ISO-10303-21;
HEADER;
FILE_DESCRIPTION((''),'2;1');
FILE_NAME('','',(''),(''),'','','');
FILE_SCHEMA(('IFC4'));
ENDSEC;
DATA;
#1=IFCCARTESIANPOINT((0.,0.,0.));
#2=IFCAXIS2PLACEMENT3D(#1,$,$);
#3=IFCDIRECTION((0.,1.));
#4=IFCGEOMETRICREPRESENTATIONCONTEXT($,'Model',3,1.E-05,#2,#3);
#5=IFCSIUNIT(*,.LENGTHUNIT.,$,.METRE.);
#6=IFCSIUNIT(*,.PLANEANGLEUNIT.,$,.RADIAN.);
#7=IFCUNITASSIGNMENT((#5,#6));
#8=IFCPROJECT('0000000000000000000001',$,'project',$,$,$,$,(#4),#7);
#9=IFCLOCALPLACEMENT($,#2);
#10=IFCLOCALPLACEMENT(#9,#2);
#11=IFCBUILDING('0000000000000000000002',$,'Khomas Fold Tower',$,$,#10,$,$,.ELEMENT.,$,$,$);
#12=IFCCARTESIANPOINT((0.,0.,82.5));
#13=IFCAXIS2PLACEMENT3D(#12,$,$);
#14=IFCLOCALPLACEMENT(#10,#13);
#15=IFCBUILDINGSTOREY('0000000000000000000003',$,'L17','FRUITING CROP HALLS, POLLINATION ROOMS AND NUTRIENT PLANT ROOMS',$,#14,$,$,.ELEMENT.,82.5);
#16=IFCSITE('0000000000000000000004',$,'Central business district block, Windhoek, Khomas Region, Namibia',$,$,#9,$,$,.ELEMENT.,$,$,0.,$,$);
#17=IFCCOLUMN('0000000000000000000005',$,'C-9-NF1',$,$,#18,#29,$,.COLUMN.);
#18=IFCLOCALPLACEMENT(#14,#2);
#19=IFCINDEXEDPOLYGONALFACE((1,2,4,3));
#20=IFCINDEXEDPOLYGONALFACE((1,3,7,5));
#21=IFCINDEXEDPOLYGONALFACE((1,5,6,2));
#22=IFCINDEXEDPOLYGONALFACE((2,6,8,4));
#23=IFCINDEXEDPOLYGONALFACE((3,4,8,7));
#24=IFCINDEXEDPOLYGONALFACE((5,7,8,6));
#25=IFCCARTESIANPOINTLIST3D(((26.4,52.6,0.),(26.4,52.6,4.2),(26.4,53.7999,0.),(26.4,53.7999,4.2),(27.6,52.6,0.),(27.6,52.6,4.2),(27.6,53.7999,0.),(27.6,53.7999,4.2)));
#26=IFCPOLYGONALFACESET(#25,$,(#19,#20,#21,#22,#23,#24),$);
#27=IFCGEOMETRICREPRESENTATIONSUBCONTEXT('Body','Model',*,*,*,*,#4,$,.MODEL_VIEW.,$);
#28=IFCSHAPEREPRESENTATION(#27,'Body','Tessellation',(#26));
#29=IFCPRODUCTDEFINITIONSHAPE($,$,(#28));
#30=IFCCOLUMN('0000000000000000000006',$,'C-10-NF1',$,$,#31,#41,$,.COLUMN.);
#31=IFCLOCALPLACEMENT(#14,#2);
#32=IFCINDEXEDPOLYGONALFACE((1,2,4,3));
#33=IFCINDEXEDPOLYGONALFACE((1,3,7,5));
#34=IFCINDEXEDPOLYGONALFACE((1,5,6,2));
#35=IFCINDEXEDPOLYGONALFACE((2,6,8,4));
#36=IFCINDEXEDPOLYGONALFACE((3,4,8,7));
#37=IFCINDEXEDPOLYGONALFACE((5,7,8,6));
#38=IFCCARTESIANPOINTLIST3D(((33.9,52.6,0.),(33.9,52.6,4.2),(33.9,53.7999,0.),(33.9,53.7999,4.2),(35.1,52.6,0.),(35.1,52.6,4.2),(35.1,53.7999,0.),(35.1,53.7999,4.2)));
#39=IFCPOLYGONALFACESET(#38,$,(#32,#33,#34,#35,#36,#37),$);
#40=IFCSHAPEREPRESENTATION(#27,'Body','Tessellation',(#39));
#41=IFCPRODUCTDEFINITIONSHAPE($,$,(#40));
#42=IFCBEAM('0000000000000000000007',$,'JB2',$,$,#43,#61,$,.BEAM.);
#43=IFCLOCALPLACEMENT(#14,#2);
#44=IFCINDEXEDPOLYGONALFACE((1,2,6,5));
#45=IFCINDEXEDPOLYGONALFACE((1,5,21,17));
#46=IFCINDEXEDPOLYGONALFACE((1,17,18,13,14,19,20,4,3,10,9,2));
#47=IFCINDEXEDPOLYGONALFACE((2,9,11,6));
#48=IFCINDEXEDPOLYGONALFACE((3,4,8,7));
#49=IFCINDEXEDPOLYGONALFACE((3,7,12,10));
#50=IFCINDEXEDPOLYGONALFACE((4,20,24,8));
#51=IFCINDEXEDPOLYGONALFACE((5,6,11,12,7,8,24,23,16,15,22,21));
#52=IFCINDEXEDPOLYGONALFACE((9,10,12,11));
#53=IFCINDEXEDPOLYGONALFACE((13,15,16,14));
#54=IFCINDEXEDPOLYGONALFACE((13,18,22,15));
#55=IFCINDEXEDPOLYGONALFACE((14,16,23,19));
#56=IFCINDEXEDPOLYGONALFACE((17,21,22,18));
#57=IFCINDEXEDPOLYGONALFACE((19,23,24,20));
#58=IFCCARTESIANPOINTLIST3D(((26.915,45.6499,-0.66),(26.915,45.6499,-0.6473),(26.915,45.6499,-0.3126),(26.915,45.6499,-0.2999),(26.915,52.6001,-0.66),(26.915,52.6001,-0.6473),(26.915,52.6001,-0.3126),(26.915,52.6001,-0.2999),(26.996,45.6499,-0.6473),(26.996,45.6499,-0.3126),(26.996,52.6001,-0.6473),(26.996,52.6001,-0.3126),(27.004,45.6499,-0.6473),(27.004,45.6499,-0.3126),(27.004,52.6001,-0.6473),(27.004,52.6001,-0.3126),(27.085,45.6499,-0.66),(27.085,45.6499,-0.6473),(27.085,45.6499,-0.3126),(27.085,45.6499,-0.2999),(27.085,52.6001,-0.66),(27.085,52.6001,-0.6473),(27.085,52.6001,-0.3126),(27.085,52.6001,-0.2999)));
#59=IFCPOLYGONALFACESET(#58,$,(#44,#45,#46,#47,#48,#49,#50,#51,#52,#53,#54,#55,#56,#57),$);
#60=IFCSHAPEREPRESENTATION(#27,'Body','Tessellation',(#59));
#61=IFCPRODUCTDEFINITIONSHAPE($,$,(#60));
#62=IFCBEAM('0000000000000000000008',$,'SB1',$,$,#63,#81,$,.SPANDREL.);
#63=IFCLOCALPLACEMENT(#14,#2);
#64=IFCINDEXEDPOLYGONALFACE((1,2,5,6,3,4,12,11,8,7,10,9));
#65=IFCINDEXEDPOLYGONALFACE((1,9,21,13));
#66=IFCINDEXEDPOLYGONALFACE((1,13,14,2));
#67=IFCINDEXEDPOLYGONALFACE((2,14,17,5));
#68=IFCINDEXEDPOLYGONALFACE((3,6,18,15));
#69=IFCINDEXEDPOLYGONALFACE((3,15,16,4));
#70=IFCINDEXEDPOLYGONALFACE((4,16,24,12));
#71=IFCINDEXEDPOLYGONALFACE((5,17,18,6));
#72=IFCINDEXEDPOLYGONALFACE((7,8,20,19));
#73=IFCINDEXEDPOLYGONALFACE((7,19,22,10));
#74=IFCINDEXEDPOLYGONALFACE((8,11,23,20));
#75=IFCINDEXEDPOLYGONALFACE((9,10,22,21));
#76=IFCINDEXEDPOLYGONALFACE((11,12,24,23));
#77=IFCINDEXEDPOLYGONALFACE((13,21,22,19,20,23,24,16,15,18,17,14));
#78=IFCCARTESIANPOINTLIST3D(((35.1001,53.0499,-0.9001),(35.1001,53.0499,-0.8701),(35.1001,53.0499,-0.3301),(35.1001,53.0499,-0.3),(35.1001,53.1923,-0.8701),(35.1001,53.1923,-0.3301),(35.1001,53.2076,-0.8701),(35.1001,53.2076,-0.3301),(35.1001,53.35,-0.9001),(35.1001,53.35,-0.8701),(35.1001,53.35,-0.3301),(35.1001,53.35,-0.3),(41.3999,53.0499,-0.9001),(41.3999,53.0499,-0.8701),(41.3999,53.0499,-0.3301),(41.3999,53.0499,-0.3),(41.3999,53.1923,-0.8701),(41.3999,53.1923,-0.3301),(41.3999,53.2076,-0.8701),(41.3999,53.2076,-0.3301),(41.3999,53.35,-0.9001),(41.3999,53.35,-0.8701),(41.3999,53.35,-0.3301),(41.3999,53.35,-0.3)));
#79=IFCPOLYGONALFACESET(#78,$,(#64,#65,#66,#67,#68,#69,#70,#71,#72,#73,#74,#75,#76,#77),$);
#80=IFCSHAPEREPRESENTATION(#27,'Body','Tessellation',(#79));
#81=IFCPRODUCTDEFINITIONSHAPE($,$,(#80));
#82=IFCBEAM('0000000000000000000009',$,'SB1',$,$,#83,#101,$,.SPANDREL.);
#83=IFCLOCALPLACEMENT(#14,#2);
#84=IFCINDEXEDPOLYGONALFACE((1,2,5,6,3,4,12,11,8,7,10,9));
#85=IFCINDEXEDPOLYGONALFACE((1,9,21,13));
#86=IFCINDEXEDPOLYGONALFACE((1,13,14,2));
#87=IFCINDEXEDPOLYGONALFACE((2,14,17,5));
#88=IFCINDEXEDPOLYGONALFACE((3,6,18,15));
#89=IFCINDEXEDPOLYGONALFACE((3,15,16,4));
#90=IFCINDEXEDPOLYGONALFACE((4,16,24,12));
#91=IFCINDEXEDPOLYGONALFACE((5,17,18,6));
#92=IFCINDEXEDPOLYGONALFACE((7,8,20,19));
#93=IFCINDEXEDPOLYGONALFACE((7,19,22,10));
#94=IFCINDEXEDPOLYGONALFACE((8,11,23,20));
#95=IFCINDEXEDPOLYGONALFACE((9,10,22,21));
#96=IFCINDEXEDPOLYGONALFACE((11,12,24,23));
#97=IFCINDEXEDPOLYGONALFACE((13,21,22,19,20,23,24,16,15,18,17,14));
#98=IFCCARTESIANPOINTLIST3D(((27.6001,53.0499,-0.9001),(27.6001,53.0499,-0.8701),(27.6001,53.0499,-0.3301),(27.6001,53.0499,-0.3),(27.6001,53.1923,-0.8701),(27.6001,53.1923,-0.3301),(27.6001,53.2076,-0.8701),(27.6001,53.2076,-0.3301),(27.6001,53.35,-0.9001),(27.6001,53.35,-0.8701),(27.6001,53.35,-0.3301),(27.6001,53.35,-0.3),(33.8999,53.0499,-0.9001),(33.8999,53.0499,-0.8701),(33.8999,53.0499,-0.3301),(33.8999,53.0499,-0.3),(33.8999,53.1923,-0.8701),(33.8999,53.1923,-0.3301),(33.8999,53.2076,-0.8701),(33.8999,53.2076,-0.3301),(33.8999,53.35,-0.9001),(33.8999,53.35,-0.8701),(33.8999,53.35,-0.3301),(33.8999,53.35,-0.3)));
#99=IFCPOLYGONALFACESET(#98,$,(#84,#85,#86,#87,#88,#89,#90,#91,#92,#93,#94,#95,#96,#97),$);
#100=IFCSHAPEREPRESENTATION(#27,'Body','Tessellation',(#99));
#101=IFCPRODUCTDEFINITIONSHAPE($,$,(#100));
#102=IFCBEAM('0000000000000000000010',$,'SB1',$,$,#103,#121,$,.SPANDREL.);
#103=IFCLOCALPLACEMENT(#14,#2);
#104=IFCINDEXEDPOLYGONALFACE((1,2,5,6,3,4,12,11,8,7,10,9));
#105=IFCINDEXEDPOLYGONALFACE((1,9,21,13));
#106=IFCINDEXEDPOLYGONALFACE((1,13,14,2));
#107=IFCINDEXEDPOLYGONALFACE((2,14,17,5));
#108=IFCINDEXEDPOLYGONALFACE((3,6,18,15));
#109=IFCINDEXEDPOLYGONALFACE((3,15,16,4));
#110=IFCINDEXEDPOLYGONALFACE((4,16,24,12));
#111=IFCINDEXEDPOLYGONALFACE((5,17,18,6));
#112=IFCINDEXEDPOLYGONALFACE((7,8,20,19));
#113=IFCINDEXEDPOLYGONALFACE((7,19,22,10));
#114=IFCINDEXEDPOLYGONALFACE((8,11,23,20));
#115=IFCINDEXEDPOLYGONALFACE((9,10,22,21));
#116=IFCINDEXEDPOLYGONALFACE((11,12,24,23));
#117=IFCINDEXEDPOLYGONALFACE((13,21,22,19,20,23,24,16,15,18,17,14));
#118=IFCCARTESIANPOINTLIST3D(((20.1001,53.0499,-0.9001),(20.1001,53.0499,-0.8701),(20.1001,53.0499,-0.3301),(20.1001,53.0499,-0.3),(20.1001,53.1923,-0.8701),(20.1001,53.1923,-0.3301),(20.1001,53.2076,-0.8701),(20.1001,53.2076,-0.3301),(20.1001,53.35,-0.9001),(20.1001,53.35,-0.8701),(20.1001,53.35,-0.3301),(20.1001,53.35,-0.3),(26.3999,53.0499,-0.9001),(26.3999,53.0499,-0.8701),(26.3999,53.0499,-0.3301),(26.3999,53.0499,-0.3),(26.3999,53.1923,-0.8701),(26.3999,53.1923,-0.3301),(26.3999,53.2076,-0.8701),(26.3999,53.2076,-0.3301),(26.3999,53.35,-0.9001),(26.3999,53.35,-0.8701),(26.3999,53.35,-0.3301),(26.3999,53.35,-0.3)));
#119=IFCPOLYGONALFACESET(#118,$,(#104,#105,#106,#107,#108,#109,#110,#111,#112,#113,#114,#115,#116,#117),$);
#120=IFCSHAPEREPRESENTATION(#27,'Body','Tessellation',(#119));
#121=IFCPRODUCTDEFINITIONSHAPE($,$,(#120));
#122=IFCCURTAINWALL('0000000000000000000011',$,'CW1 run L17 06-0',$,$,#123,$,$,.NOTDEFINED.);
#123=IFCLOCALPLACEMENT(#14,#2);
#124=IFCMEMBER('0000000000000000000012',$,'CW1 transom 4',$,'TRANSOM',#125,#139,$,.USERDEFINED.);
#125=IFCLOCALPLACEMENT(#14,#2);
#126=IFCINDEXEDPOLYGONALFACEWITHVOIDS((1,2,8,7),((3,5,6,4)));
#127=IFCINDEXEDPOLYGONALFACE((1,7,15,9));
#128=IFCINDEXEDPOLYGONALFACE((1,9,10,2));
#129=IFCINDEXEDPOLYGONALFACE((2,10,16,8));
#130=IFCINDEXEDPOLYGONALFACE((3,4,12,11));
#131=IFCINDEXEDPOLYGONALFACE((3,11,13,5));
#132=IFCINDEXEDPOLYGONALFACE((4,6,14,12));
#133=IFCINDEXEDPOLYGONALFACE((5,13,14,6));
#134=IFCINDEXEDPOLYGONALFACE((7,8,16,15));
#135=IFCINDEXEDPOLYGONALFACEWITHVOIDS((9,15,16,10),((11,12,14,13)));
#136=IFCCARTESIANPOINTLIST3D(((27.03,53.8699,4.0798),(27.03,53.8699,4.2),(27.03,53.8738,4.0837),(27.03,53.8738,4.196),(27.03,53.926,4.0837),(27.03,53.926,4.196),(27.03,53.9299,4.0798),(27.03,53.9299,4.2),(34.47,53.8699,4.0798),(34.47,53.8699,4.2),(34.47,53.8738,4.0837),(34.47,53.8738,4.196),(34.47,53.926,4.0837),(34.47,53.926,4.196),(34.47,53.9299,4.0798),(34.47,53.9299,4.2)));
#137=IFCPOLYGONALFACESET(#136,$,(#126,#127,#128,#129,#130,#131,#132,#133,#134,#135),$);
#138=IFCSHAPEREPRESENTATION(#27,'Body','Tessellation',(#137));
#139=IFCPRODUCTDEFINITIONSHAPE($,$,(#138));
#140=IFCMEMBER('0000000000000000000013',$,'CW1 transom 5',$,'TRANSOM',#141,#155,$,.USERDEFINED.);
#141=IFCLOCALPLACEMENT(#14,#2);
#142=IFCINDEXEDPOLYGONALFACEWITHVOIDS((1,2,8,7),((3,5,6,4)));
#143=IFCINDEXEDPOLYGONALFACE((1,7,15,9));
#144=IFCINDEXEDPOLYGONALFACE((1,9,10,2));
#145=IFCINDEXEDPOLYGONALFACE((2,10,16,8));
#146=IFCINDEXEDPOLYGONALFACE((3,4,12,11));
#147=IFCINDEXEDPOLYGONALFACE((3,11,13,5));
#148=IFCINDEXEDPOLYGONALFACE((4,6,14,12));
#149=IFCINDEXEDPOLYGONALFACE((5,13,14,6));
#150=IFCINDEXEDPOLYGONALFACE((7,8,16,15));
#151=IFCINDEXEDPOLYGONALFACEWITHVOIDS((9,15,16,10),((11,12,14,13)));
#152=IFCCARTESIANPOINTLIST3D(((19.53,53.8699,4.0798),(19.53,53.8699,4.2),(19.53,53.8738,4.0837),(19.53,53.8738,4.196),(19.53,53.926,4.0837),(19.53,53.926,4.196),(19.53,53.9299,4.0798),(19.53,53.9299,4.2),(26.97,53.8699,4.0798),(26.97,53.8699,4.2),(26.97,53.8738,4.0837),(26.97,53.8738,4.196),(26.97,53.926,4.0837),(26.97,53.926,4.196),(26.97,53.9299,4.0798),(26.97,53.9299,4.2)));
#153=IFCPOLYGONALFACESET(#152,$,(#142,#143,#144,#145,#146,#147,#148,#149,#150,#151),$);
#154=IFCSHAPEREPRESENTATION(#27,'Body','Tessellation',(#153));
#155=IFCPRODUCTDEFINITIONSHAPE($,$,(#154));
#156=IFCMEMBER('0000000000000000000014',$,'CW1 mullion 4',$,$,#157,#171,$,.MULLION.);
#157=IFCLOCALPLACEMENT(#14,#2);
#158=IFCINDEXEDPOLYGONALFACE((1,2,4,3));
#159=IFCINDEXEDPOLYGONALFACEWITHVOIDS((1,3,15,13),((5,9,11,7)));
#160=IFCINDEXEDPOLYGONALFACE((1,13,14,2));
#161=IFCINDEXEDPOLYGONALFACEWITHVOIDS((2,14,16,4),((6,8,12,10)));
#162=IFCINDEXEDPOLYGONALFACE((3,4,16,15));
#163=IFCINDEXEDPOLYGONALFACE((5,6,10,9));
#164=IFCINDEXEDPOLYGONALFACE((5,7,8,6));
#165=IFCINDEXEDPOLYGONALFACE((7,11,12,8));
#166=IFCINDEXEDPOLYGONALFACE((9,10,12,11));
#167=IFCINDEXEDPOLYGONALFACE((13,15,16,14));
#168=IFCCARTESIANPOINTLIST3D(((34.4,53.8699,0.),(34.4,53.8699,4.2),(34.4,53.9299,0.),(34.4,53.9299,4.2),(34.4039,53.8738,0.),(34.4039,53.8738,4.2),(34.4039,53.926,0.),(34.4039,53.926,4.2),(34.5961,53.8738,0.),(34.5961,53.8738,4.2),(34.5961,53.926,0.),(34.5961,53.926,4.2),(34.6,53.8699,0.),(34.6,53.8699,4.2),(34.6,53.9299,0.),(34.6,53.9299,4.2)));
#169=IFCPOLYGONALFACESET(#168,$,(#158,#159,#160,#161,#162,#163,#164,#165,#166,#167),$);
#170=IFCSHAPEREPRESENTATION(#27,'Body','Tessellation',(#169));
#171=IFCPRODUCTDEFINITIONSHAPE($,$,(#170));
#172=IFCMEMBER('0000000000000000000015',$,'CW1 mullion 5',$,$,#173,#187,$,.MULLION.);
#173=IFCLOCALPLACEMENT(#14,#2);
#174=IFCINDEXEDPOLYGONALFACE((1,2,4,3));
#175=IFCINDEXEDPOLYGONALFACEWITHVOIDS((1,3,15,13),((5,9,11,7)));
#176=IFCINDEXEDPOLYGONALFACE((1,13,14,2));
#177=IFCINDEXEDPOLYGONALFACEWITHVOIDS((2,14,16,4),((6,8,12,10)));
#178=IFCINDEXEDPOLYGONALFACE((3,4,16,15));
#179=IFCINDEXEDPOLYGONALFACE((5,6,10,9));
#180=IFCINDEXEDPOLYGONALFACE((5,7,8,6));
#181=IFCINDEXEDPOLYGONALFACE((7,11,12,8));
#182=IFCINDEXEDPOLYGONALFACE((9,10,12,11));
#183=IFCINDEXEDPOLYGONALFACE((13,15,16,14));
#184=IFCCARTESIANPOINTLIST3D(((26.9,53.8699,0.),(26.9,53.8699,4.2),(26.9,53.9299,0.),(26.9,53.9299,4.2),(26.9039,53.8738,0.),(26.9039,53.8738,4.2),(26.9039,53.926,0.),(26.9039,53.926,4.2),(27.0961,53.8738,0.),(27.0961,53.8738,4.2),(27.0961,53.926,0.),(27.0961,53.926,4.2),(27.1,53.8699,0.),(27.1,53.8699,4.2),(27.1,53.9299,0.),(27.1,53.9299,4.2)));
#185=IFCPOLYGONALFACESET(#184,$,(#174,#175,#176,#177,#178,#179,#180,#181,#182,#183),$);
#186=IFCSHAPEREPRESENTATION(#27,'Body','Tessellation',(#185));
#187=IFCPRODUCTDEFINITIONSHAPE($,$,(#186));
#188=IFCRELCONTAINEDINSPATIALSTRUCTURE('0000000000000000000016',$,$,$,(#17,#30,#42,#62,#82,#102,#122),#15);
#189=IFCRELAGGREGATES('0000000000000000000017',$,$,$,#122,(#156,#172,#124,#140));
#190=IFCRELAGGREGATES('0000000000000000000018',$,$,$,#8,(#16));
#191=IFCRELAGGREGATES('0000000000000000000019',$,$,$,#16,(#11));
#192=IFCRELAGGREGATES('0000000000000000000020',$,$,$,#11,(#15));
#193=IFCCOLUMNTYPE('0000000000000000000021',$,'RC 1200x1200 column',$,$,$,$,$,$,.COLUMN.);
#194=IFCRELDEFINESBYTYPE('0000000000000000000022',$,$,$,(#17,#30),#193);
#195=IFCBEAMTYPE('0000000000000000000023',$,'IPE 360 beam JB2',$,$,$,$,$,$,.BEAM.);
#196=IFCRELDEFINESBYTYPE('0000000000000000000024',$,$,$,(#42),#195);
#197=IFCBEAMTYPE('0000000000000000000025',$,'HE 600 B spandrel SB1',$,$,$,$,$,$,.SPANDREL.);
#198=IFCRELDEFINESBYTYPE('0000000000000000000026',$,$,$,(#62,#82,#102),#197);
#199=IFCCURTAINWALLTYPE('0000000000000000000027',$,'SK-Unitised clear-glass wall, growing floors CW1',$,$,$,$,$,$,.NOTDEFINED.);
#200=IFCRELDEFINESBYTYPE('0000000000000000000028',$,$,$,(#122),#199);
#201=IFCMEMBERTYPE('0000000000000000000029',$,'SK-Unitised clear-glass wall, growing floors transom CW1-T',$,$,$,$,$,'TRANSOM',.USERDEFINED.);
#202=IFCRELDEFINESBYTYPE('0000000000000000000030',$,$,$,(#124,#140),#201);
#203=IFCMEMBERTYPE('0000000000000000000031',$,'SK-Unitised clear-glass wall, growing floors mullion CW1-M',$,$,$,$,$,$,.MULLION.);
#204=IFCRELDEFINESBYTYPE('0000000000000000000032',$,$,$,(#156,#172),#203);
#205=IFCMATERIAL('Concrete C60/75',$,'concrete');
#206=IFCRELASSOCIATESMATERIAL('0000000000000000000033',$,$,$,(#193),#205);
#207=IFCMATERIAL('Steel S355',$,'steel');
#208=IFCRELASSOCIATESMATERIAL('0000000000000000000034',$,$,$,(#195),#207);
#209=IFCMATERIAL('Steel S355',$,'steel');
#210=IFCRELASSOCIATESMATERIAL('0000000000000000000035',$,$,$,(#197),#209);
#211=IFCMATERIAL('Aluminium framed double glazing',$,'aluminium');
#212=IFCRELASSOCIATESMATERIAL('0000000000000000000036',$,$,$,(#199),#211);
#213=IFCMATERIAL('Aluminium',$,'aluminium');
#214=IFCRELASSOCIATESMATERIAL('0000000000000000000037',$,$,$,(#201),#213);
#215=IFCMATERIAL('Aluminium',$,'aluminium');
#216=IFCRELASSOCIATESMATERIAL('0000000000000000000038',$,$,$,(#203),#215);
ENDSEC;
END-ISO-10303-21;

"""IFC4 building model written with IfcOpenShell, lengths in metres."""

from ifc_helpers import new_model, si_unit, direction, frame, origin, origin_2d, place, context, subcontext, project, spatial, rectangle, hollow_rectangle, i_section, extrude, source, transform, mapped, material, material_profile, profile_set, type_object, element, aggregate, save


model = new_model("IFC4")

# Units and contexts
model_context = context("Model", 3, precision=1e-05, world=origin(), true_north=direction((0.0, 1.0)))
body_context = subcontext(model_context, "Body", "Model", "MODEL_VIEW")
ifc_project = project(units=[si_unit("LENGTHUNIT", "METRE"), si_unit("PLANEANGLEUNIT", "RADIAN")], contexts=[model_context])

# Site, building, storey
site_placement = place(None, origin())
site = spatial("IfcSite", under=ifc_project, at=site_placement, Name="Central business district block, Windhoek, Khomas Region, Namibia", CompositionType="ELEMENT", RefElevation=0.0)
building_placement = place(site_placement, origin())
building = spatial("IfcBuilding", under=site, at=building_placement, Name="Khomas Fold Tower", CompositionType="ELEMENT")
storey_placement = place(building_placement, frame((0.0, 0.0, 82.5)))
storey = spatial("IfcBuildingStorey", under=building, at=storey_placement, Name="L17", Description="FRUITING CROP HALLS, POLLINATION ROOMS AND NUTRIENT PLANT ROOMS", CompositionType="ELEMENT", Elevation=82.5)

# Columns
ifc_material_1 = material(Name="Concrete C60/75", Category="concrete")
ifc_material_profile_1 = material_profile(ifc_material_1, rectangle(XDim=1.2, YDim=1.2, at=origin_2d()), Name="RC 1200x1200")
ifc_profile_set_1 = profile_set([ifc_material_profile_1], Name="Concrete C60/75")
column_type = type_object("IfcColumnType", Name="RC 1200x1200 column", PredefinedType="COLUMN", material=ifc_profile_set_1)
shared_shape_1 = source(origin(), body_context, "Body", "SweptSolid", [
    extrude(rectangle(XDim=1.2, YDim=1.2, at=origin_2d()), origin(), (0.0, 0.0, 1.0), 4.2),
])
for number, where, z_axis, x_axis, name in (
    (1, (27.0, 53.2, 0.0), (0.0, 0.0, 1.0), (1.0, 0.0, 0.0), "C-9-NF1"),
    (2, (34.5, 53.2, 0.0), (0.0, 0.0, 1.0), (1.0, 0.0, 0.0), "C-10-NF1"),
):
    element("IfcColumn", number, at=place(storey_placement, frame(where, z_axis=z_axis, x_axis=x_axis)), inside=storey, type_object=column_type, Name=name, PredefinedType="COLUMN", context=body_context, shape_type="MappedRepresentation", body=[
        mapped(shared_shape_1, transform((0.0, 0.0, 0.0))),
    ])

# Beams
ifc_material_2 = material(Name="Steel S355", Category="steel")
ifc_material_profile_2 = material_profile(ifc_material_2, i_section(OverallWidth=0.1699, OverallDepth=0.3601, WebThickness=0.0081, FlangeThickness=0.0127, at=origin_2d()), Name="IPE 360")
ifc_profile_set_2 = profile_set([ifc_material_profile_2], Name="Steel S355")
beam_type_1 = type_object("IfcBeamType", Name="IPE 360 beam JB2", PredefinedType="BEAM", material=ifc_profile_set_2)
shared_shape_2 = source(origin(), body_context, "Body", "SweptSolid", [
    extrude(i_section(OverallWidth=0.1699, OverallDepth=0.3601, WebThickness=0.0081, FlangeThickness=0.0127, at=origin_2d()), origin(), (0.0, 0.0, 1.0), 6.9502),
])
beam_placement = place(storey_placement, frame((27.0, 45.6499, -0.48), z_axis=(0.0, 1.0, 0.0), x_axis=(-1.0, 0.0, 0.0)))
element("IfcBeam", 3, at=beam_placement, inside=storey, type_object=beam_type_1, Name="JB2", PredefinedType="BEAM", context=body_context, shape_type="MappedRepresentation", body=[
    mapped(shared_shape_2, transform((0.0, 0.0, 0.0))),
])
ifc_material_3 = material(Name="Steel S355", Category="steel")
ifc_material_profile_3 = material_profile(ifc_material_3, i_section(OverallWidth=0.3, OverallDepth=0.6001, WebThickness=0.0154, FlangeThickness=0.03, at=origin_2d()), Name="HE 600 B")
ifc_profile_set_3 = profile_set([ifc_material_profile_3], Name="Steel S355")
beam_type_2 = type_object("IfcBeamType", Name="HE 600 B spandrel SB1", PredefinedType="SPANDREL", material=ifc_profile_set_3)
shared_shape_3 = source(origin(), body_context, "Body", "SweptSolid", [
    extrude(i_section(OverallWidth=0.3, OverallDepth=0.6001, WebThickness=0.0154, FlangeThickness=0.03, at=origin_2d()), origin(), (0.0, 0.0, 1.0), 6.2998),
])
for number, where, z_axis, x_axis, name in (
    (4, (35.1001, 53.2, -0.6001), (1.0, 0.0, 0.0), (0.0, 1.0, 0.0), "SB1"),
    (5, (27.6001, 53.2, -0.6001), (1.0, 0.0, 0.0), (0.0, 1.0, 0.0), "SB1"),
    (6, (20.1001, 53.2, -0.6001), (1.0, 0.0, 0.0), (0.0, 1.0, 0.0), "SB1"),
):
    element("IfcBeam", number, at=place(storey_placement, frame(where, z_axis=z_axis, x_axis=x_axis)), inside=storey, type_object=beam_type_2, Name=name, PredefinedType="SPANDREL", context=body_context, shape_type="MappedRepresentation", body=[
        mapped(shared_shape_3, transform((0.0, 0.0, 0.0))),
    ])

# Curtain wall, members
ifc_material_4 = material(Name="Aluminium framed double glazing", Category="aluminium")
curtain_wall_type = type_object("IfcCurtainWallType", Name="SK-Unitised clear-glass wall, growing floors CW1", PredefinedType="NOTDEFINED", material=ifc_material_4)
curtain_wall_placement = place(storey_placement, origin())
curtain_wall = element("IfcCurtainWall", 7, at=curtain_wall_placement, inside=storey, type_object=curtain_wall_type, Name="CW1 run L17 06-0", PredefinedType="NOTDEFINED")
ifc_material_5 = material(Name="Aluminium", Category="aluminium")
ifc_material_profile_4 = material_profile(ifc_material_5, hollow_rectangle(XDim=0.0601, YDim=0.1201, WallThickness=0.0039, at=origin_2d()), Name="SK-Unitised clear-glass wall, growing floors transom CW1-T")
ifc_profile_set_4 = profile_set([ifc_material_profile_4], Name="Aluminium")
member_type_1 = type_object("IfcMemberType", Name="SK-Unitised clear-glass wall, growing floors transom CW1-T", ElementType="TRANSOM", PredefinedType="USERDEFINED", material=ifc_profile_set_4)
shared_shape_4 = source(origin(), body_context, "Body", "SweptSolid", [
    extrude(hollow_rectangle(XDim=0.0601, YDim=0.1201, WallThickness=0.0039, at=origin_2d()), origin(), (0.0, 0.0, 1.0), 7.4399),
])
member_1_placement = place(storey_placement, frame((34.47, 53.8999, 4.1399), z_axis=(-1.0, 0.0, 0.0), x_axis=(0.0, -1.0, 0.0)))
member_1 = element("IfcMember", 8, at=member_1_placement, type_object=member_type_1, Name="CW1 transom 4", ObjectType="TRANSOM", PredefinedType="USERDEFINED", context=body_context, shape_type="MappedRepresentation", body=[
    mapped(shared_shape_4, transform((0.0, 0.0, 0.0))),
])
member_2_placement = place(storey_placement, frame((26.97, 53.8999, 4.1399), z_axis=(-1.0, 0.0, 0.0), x_axis=(0.0, -1.0, 0.0)))
member_2 = element("IfcMember", 9, at=member_2_placement, type_object=member_type_1, Name="CW1 transom 5", ObjectType="TRANSOM", PredefinedType="USERDEFINED", context=body_context, shape_type="MappedRepresentation", body=[
    mapped(shared_shape_4, transform((0.0, 0.0, 0.0))),
])
ifc_material_6 = material(Name="Aluminium", Category="aluminium")
ifc_material_profile_5 = material_profile(ifc_material_6, hollow_rectangle(XDim=0.0601, YDim=0.2, WallThickness=0.0039, at=origin_2d()), Name="SK-Unitised clear-glass wall, growing floors mullion CW1-M")
ifc_profile_set_5 = profile_set([ifc_material_profile_5], Name="Aluminium")
member_type_2 = type_object("IfcMemberType", Name="SK-Unitised clear-glass wall, growing floors mullion CW1-M", PredefinedType="MULLION", material=ifc_profile_set_5)
shared_shape_5 = source(origin(), body_context, "Body", "SweptSolid", [
    extrude(hollow_rectangle(XDim=0.0601, YDim=0.2, WallThickness=0.0039, at=origin_2d()), origin(), (0.0, 0.0, 1.0), 4.2),
])
member_3_placement = place(storey_placement, frame((34.5, 53.8999, 0.0), z_axis=(0.0, 0.0, 1.0), x_axis=(0.0, -1.0, 0.0)))
member_3 = element("IfcMember", 10, at=member_3_placement, type_object=member_type_2, Name="CW1 mullion 4", PredefinedType="MULLION", context=body_context, shape_type="MappedRepresentation", body=[
    mapped(shared_shape_5, transform((0.0, 0.0, 0.0))),
])
member_4_placement = place(storey_placement, frame((27.0, 53.8999, 0.0), z_axis=(0.0, 0.0, 1.0), x_axis=(0.0, -1.0, 0.0)))
member_4 = element("IfcMember", 11, at=member_4_placement, type_object=member_type_2, Name="CW1 mullion 5", PredefinedType="MULLION", context=body_context, shape_type="MappedRepresentation", body=[
    mapped(shared_shape_5, transform((0.0, 0.0, 0.0))),
])
aggregate(curtain_wall, [member_3, member_4, member_1, member_2])

save(model, "model.ifc")
